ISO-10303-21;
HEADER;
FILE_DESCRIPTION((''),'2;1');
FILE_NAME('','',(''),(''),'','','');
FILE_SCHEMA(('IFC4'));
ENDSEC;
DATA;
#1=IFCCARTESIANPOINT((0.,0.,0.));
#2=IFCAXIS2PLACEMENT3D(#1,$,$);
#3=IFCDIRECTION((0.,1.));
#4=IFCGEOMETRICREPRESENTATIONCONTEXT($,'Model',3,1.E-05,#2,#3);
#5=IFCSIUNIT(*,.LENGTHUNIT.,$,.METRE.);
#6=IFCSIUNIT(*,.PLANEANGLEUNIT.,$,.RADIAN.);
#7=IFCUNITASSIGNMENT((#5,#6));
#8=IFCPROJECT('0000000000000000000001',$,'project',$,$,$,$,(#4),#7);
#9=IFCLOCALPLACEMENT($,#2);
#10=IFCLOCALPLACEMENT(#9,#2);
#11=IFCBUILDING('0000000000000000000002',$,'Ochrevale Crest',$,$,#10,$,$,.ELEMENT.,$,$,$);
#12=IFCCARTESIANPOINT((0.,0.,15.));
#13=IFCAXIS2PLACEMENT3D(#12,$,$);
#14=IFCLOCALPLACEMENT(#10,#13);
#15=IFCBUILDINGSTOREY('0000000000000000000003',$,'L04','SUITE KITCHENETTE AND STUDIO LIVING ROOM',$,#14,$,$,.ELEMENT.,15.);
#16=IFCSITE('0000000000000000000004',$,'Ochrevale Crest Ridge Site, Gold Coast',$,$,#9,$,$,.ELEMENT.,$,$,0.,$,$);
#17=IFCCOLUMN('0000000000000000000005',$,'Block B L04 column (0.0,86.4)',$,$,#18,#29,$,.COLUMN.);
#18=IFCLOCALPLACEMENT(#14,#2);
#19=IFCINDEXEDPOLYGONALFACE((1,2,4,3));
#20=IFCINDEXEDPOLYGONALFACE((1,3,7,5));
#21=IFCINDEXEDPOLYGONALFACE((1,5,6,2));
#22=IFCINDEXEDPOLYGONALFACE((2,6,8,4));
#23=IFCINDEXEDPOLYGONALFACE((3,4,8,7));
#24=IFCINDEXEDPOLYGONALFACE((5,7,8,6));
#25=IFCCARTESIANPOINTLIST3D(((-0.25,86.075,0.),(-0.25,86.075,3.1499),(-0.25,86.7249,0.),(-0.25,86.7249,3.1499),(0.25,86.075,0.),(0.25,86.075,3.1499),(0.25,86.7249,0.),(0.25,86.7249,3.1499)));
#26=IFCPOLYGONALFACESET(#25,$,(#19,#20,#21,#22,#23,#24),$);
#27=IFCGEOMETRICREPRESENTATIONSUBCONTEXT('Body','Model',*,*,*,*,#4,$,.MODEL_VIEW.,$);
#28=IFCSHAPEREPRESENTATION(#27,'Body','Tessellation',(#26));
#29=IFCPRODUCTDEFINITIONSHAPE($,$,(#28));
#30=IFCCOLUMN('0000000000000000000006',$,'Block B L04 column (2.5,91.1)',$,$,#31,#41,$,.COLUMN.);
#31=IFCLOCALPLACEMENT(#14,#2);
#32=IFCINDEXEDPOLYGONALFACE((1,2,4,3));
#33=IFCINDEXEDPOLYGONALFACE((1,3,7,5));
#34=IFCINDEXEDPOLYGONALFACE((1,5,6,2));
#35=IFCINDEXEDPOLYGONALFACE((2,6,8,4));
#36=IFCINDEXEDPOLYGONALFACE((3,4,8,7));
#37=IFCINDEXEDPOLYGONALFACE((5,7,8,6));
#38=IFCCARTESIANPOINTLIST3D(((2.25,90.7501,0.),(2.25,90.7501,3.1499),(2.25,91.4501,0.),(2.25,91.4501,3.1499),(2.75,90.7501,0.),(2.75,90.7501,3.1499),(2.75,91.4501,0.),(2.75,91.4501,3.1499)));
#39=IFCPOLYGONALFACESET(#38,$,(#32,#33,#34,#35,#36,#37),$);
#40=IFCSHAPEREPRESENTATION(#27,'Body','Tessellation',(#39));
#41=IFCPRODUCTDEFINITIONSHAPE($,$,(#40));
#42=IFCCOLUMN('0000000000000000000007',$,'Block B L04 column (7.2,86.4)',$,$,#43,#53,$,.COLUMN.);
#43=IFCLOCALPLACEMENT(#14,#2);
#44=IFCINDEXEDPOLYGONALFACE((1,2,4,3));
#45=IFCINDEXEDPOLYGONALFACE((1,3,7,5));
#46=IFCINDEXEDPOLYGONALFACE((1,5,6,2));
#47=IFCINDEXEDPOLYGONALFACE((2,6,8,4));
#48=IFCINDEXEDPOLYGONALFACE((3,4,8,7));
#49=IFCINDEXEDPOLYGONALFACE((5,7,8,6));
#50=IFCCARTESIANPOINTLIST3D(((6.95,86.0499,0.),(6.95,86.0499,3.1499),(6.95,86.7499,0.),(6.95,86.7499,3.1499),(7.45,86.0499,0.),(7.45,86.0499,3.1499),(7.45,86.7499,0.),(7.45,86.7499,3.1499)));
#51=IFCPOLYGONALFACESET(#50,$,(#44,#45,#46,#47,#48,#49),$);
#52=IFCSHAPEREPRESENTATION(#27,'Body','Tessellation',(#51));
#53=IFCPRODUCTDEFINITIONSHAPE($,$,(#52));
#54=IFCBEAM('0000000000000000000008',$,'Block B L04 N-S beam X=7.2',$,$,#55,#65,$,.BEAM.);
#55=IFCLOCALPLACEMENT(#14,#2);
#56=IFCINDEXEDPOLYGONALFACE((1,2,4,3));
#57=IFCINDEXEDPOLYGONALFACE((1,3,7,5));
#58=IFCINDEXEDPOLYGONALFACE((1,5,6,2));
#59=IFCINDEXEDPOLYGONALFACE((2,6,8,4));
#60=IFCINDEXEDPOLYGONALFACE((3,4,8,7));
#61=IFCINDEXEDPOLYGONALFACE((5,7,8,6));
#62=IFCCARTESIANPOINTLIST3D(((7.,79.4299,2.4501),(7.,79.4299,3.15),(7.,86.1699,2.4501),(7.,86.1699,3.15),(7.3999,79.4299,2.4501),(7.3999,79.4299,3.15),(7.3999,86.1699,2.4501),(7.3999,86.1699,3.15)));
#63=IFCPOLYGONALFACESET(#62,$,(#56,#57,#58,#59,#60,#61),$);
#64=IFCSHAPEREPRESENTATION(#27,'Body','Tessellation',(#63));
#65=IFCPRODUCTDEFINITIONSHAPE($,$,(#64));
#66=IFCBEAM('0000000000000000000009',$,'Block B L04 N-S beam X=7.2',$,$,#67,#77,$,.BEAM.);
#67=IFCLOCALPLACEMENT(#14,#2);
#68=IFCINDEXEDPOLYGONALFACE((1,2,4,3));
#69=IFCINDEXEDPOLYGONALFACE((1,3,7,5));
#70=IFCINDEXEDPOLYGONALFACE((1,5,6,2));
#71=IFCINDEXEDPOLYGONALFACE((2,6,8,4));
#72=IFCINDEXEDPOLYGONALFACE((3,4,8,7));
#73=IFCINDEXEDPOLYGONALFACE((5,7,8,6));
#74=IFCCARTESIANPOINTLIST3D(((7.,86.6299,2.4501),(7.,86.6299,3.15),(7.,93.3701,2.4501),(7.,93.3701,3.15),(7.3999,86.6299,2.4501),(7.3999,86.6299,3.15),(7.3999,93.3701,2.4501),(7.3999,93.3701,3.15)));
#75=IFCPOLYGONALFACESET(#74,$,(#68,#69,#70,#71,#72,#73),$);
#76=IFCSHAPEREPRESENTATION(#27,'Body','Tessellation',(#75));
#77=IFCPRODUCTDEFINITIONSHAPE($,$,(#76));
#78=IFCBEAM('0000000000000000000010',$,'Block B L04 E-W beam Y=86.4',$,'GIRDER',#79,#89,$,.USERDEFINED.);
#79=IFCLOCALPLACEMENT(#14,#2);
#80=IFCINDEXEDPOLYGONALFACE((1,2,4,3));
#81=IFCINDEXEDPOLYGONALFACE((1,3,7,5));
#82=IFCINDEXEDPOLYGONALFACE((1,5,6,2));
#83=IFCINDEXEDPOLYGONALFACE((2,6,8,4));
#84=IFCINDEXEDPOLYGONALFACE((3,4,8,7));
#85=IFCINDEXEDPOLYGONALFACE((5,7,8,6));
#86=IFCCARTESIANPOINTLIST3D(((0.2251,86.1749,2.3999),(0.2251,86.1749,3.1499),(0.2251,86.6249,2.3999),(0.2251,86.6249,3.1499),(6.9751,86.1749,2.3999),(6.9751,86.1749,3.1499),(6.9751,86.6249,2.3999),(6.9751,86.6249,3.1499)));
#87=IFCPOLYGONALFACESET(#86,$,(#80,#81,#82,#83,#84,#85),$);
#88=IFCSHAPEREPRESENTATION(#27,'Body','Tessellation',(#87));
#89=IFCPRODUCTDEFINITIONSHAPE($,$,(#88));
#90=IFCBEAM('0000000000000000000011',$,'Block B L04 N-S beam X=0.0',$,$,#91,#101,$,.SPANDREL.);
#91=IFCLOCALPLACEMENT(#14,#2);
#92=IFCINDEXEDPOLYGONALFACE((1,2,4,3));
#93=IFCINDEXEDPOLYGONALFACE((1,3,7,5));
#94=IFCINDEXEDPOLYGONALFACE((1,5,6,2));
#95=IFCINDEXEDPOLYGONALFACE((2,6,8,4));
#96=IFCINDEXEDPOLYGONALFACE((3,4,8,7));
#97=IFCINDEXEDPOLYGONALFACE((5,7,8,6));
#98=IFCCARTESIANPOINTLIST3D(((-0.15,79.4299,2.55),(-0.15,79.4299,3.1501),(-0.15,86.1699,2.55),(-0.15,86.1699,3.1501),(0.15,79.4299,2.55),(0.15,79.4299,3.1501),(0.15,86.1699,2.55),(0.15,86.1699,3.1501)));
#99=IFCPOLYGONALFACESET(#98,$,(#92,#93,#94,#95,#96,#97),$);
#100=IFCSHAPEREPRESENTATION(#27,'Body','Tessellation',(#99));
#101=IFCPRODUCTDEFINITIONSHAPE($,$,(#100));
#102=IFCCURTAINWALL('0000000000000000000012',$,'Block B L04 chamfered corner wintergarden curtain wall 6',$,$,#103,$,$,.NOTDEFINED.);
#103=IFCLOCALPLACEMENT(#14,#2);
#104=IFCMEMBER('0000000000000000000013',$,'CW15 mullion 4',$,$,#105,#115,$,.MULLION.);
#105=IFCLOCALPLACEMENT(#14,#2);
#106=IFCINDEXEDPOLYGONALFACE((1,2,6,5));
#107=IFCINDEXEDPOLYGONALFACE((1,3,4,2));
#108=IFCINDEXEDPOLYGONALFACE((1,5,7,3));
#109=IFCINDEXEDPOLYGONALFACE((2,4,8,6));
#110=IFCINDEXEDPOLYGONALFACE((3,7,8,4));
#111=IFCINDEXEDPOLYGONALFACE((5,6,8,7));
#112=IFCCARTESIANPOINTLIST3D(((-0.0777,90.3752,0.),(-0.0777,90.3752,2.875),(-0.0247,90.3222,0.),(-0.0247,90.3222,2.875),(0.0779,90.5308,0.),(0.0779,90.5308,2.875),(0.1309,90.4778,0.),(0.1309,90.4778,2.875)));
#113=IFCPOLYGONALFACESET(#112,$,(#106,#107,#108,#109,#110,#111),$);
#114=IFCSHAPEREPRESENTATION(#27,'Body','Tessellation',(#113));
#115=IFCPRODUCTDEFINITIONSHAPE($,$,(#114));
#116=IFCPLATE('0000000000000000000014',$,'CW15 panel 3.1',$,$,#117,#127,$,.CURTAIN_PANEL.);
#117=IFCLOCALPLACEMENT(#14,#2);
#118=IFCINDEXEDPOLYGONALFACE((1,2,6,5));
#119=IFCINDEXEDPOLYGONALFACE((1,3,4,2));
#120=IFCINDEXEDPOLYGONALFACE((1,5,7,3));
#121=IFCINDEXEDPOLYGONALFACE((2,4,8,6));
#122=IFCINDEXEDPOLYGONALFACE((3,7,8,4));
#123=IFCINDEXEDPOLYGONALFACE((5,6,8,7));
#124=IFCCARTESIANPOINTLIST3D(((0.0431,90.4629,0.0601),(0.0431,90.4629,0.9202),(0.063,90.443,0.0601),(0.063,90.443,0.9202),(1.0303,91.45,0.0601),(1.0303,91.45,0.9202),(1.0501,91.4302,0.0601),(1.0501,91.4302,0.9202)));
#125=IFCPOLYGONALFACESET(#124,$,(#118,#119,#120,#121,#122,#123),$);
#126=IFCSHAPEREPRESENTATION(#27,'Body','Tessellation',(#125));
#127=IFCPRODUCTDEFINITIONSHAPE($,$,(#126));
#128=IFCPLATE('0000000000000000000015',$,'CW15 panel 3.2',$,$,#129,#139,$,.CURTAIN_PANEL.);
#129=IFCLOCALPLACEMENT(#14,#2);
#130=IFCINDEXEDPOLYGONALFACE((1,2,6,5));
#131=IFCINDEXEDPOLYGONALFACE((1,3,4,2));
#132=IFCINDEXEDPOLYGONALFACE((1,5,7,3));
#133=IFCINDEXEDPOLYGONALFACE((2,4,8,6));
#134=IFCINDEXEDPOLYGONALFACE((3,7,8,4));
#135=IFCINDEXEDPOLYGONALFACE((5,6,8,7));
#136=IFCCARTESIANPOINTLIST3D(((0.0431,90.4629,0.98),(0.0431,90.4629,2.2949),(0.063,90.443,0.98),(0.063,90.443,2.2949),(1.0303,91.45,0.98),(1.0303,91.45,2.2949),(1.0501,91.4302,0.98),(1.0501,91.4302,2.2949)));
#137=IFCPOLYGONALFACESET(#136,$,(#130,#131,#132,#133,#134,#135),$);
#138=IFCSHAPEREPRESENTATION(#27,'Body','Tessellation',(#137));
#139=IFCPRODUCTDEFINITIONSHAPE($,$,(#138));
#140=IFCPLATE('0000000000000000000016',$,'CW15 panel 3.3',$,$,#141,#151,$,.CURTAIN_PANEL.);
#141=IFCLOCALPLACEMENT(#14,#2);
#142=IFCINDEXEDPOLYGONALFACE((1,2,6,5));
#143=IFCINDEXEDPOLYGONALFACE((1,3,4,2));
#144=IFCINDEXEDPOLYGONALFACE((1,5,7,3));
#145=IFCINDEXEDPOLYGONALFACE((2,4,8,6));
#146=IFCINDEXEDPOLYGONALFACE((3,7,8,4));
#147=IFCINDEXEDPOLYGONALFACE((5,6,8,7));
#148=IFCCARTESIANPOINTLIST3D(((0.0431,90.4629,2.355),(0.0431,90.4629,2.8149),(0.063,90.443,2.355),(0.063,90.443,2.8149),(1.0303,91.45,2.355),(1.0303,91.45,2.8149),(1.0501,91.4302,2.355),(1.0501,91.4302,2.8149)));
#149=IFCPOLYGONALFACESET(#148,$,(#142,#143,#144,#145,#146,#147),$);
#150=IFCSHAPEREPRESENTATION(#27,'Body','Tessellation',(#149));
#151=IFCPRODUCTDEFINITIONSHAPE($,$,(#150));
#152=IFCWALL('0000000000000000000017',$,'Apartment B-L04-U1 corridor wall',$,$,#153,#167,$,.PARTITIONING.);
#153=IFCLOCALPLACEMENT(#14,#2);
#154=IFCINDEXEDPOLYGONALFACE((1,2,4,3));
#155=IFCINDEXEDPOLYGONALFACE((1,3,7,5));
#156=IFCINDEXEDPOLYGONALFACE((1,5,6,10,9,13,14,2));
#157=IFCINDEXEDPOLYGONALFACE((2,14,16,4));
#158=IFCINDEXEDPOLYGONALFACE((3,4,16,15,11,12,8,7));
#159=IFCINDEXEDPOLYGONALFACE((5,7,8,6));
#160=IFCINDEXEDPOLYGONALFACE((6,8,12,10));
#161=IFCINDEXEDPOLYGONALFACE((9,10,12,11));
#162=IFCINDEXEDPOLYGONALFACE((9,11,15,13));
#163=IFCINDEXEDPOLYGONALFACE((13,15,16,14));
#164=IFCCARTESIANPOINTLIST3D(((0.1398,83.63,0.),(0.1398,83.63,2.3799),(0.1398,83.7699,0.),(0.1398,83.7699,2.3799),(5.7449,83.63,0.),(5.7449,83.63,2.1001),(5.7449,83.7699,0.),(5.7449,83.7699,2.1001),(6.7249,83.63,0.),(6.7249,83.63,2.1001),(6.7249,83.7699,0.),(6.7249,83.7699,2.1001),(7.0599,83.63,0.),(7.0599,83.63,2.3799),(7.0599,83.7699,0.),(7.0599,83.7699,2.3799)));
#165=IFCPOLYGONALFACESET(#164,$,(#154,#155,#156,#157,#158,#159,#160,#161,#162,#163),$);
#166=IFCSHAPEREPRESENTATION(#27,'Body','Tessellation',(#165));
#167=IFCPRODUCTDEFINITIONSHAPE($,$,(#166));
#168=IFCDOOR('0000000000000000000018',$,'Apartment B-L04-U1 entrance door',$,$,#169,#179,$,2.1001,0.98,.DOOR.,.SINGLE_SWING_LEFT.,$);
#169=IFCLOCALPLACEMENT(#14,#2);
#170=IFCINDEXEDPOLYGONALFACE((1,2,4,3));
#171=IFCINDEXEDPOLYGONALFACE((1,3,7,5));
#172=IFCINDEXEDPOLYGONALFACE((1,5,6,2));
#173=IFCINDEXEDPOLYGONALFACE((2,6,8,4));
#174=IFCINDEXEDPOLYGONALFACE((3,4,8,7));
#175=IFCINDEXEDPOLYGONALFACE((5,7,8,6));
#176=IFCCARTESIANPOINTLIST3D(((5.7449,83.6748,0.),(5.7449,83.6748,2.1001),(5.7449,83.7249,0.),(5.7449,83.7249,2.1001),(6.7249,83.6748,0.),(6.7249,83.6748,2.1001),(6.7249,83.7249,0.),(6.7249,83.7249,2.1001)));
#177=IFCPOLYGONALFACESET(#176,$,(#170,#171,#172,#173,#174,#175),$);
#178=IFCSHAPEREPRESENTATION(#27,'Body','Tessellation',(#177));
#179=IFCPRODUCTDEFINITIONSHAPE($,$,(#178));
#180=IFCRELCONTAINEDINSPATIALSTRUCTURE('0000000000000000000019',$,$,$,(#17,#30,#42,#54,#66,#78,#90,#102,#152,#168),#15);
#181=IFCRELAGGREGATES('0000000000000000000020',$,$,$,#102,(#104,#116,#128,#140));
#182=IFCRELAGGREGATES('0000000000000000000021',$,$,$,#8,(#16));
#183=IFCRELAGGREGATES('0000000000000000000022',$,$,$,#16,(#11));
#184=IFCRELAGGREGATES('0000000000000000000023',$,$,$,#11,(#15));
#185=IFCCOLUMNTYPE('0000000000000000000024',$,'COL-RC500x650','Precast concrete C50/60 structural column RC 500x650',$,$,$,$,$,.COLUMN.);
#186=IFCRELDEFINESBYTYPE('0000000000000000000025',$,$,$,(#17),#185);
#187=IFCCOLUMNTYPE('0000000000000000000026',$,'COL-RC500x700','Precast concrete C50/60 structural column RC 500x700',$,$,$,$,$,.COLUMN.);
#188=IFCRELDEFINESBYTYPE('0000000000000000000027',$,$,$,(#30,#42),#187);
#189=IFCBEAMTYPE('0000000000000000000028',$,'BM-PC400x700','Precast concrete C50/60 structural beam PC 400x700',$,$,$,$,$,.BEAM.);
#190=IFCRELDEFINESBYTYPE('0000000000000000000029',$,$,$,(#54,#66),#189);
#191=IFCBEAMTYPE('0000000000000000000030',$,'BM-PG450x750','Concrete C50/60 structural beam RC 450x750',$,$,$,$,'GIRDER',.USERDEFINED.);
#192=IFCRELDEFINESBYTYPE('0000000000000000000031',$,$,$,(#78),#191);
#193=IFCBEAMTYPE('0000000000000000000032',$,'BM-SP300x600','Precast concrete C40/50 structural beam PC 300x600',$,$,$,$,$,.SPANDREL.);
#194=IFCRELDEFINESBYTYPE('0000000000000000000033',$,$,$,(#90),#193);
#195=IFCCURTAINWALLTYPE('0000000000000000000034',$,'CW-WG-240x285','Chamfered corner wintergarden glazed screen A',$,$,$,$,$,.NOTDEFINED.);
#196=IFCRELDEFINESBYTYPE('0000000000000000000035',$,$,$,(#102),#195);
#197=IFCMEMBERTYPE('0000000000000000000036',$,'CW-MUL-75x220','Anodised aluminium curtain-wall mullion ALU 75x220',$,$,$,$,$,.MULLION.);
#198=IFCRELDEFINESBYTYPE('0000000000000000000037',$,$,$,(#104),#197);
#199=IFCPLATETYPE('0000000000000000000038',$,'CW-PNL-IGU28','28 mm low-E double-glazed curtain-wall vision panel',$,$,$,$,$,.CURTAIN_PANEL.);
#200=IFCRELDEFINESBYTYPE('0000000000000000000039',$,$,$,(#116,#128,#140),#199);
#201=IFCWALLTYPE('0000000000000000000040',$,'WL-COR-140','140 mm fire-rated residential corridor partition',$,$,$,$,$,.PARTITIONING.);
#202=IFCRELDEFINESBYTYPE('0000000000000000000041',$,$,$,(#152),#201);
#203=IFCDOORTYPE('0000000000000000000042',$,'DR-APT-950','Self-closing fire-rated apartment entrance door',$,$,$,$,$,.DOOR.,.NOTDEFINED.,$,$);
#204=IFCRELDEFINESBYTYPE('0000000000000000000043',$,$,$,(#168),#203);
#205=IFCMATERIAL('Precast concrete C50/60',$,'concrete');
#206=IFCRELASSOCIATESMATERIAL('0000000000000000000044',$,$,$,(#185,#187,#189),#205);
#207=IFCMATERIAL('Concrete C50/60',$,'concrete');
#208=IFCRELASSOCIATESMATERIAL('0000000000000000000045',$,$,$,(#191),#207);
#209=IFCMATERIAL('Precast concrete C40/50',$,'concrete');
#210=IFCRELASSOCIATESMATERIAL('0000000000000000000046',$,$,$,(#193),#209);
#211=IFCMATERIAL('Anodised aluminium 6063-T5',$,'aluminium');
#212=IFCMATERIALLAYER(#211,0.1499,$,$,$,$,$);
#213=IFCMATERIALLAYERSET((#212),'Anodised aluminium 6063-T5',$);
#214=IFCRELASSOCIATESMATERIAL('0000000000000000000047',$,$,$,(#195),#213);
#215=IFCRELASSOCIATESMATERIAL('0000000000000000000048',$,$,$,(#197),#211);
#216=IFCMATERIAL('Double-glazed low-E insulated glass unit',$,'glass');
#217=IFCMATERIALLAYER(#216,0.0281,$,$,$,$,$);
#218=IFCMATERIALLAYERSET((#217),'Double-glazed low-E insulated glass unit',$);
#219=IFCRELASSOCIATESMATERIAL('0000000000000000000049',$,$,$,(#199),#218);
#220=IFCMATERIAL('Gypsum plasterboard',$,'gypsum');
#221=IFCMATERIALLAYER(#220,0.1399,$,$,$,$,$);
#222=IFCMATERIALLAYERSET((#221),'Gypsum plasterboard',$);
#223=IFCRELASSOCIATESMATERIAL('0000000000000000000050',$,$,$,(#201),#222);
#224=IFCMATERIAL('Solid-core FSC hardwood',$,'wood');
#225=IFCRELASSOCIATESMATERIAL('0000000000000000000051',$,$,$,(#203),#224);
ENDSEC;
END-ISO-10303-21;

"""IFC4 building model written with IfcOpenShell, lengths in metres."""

from ifc_helpers import new_model, si_unit, direction, frame, frame_2d, origin, origin_2d, place, context, subcontext, project, spatial, rectangle, extrude, material, layer, layer_set, material_profile, profile_set, type_object, element, fill, aggregate, save


model = new_model("IFC4")

# Units and contexts
model_context = context("Model", 3, precision=1e-05, world=origin(), true_north=direction((0.0, 1.0)))
body_context = subcontext(model_context, "Body", "Model", "MODEL_VIEW")
ifc_project = project(units=[si_unit("LENGTHUNIT", "METRE"), si_unit("PLANEANGLEUNIT", "RADIAN")], contexts=[model_context])

# Site, building, storey
site_placement = place(None, origin())
site = spatial("IfcSite", under=ifc_project, at=site_placement, Name="Ochrevale Crest Ridge Site, Gold Coast", CompositionType="ELEMENT", RefElevation=0.0)
building_placement = place(site_placement, origin())
building = spatial("IfcBuilding", under=site, at=building_placement, Name="Ochrevale Crest", CompositionType="ELEMENT")
storey_placement = place(building_placement, frame((0.0, 0.0, 15.0)))
storey = spatial("IfcBuildingStorey", under=building, at=storey_placement, Name="L04", Description="SUITE KITCHENETTE AND STUDIO LIVING ROOM", CompositionType="ELEMENT", Elevation=15.0)

# Columns
ifc_material_1 = material(Name="Precast concrete C50/60", Category="concrete")
ifc_material_profile_1 = material_profile(ifc_material_1, rectangle(XDim=0.5, YDim=0.6499, at=origin_2d()), Name="RC 500x650")
ifc_profile_set_1 = profile_set([ifc_material_profile_1], Name="Precast concrete C50/60")
column_type_1 = type_object("IfcColumnType", Name="COL-RC500x650", Description="Precast concrete C50/60 structural column RC 500x650", PredefinedType="COLUMN", material=ifc_profile_set_1)
column_placement = place(storey_placement, frame((0.0, 86.3999, 0.0), z_axis=(0.0, 0.0, 1.0), x_axis=(1.0, 0.0, 0.0)))
element("IfcColumn", 1, at=column_placement, inside=storey, type_object=column_type_1, Name="Block B L04 column (0.0,86.4)", PredefinedType="COLUMN", context=body_context, shape_type="SweptSolid", body=[
    extrude(rectangle(XDim=0.5, YDim=0.6499, at=origin_2d()), origin(), (0.0, 0.0, 1.0), 3.1499),
])
ifc_material_profile_2 = material_profile(ifc_material_1, rectangle(XDim=0.5, YDim=0.7, at=origin_2d()), Name="RC 500x700")
ifc_profile_set_2 = profile_set([ifc_material_profile_2], Name="Precast concrete C50/60")
column_type_2 = type_object("IfcColumnType", Name="COL-RC500x700", Description="Precast concrete C50/60 structural column RC 500x700", PredefinedType="COLUMN", material=ifc_profile_set_2)
for number, where, z_axis, x_axis, name in (
    (2, (2.5, 91.1001, 0.0), (0.0, 0.0, 1.0), (1.0, 0.0, 0.0), "Block B L04 column (2.5,91.1)"),
    (3, (7.2, 86.3999, 0.0), (0.0, 0.0, 1.0), (1.0, 0.0, 0.0), "Block B L04 column (7.2,86.4)"),
):
    element("IfcColumn", number, at=place(storey_placement, frame(where, z_axis=z_axis, x_axis=x_axis)), inside=storey, type_object=column_type_2, Name=name, PredefinedType="COLUMN", context=body_context, shape_type="SweptSolid", body=[
        extrude(rectangle(XDim=0.5, YDim=0.7, at=origin_2d()), origin(), (0.0, 0.0, 1.0), 3.1499),
    ])

# Beams
ifc_material_profile_3 = material_profile(ifc_material_1, rectangle(XDim=0.3999, YDim=0.7, at=origin_2d()), Name="PC 400x700")
ifc_profile_set_3 = profile_set([ifc_material_profile_3], Name="Precast concrete C50/60")
beam_type_1 = type_object("IfcBeamType", Name="BM-PC400x700", Description="Precast concrete C50/60 structural beam PC 400x700", PredefinedType="BEAM", material=ifc_profile_set_3)
beam_1_placement = place(storey_placement, frame((7.2, 79.4299, 2.8), z_axis=(0.0, 1.0, 0.0), x_axis=(-1.0, 0.0, 0.0)))
element("IfcBeam", 4, at=beam_1_placement, inside=storey, type_object=beam_type_1, Name="Block B L04 N-S beam X=7.2", PredefinedType="BEAM", context=body_context, shape_type="SweptSolid", body=[
    extrude(rectangle(XDim=0.3999, YDim=0.7, at=origin_2d()), origin(), (0.0, 0.0, 1.0), 6.74),
])
beam_2_placement = place(storey_placement, frame((7.2, 86.6299, 2.8), z_axis=(0.0, 1.0, 0.0), x_axis=(-1.0, 0.0, 0.0)))
element("IfcBeam", 5, at=beam_2_placement, inside=storey, type_object=beam_type_1, Name="Block B L04 N-S beam X=7.2", PredefinedType="BEAM", context=body_context, shape_type="SweptSolid", body=[
    extrude(rectangle(XDim=0.3999, YDim=0.7, at=origin_2d()), origin(), (0.0, 0.0, 1.0), 6.7402),
])
ifc_material_2 = material(Name="Concrete C50/60", Category="concrete")
ifc_material_profile_4 = material_profile(ifc_material_2, rectangle(XDim=0.45, YDim=0.75, at=origin_2d()), Name="RC 450x750")
ifc_profile_set_4 = profile_set([ifc_material_profile_4], Name="Concrete C50/60")
beam_type_2 = type_object("IfcBeamType", Name="BM-PG450x750", Description="Concrete C50/60 structural beam RC 450x750", ElementType="GIRDER", PredefinedType="USERDEFINED", material=ifc_profile_set_4)
beam_3_placement = place(storey_placement, frame((0.2251, 86.3999, 2.7749), z_axis=(1.0, 0.0, 0.0), x_axis=(0.0, 1.0, 0.0)))
element("IfcBeam", 6, at=beam_3_placement, inside=storey, type_object=beam_type_2, Name="Block B L04 E-W beam Y=86.4", ObjectType="GIRDER", PredefinedType="USERDEFINED", context=body_context, shape_type="SweptSolid", body=[
    extrude(rectangle(XDim=0.45, YDim=0.75, at=origin_2d()), origin(), (0.0, 0.0, 1.0), 6.75),
])
ifc_material_3 = material(Name="Precast concrete C40/50", Category="concrete")
ifc_material_profile_5 = material_profile(ifc_material_3, rectangle(XDim=0.3, YDim=0.6001, at=origin_2d()), Name="PC 300x600")
ifc_profile_set_5 = profile_set([ifc_material_profile_5], Name="Precast concrete C40/50")
beam_type_3 = type_object("IfcBeamType", Name="BM-SP300x600", Description="Precast concrete C40/50 structural beam PC 300x600", PredefinedType="SPANDREL", material=ifc_profile_set_5)
beam_4_placement = place(storey_placement, frame((0.0, 79.4299, 2.8501), z_axis=(0.0, 1.0, 0.0), x_axis=(-1.0, 0.0, 0.0)))
element("IfcBeam", 7, at=beam_4_placement, inside=storey, type_object=beam_type_3, Name="Block B L04 N-S beam X=0.0", PredefinedType="SPANDREL", context=body_context, shape_type="SweptSolid", body=[
    extrude(rectangle(XDim=0.3, YDim=0.6001, at=origin_2d()), origin(), (0.0, 0.0, 1.0), 6.74),
])

# Curtain wall, member, plates
ifc_material_4 = material(Name="Anodised aluminium 6063-T5", Category="aluminium")
ifc_layer_1 = layer(ifc_material_4, 0.1499)
ifc_layer_set_1 = layer_set([ifc_layer_1], Name="Anodised aluminium 6063-T5")
curtain_wall_type = type_object("IfcCurtainWallType", Name="CW-WG-240x285", Description="Chamfered corner wintergarden glazed screen A", PredefinedType="NOTDEFINED", material=ifc_layer_set_1)
curtain_wall_placement = place(storey_placement, origin())
curtain_wall = element("IfcCurtainWall", 8, at=curtain_wall_placement, inside=storey, type_object=curtain_wall_type, Name="Block B L04 chamfered corner wintergarden curtain wall 6", PredefinedType="NOTDEFINED")
ifc_material_profile_6 = material_profile(ifc_material_4, rectangle(XDim=0.075, YDim=0.22, at=origin_2d()), Name="ALU 75x220")
ifc_profile_set_6 = profile_set([ifc_material_profile_6], Name="Anodised aluminium 6063-T5")
member_type = type_object("IfcMemberType", Name="CW-MUL-75x220", Description="Anodised aluminium curtain-wall mullion ALU 75x220", PredefinedType="MULLION", material=ifc_profile_set_6)
member_placement = place(storey_placement, frame((0.0266, 90.4265, 0.0), z_axis=(0.0, 0.0, 1.0), x_axis=(0.707107, -0.707107, 0.0)))
member = element("IfcMember", 9, at=member_placement, type_object=member_type, Name="CW15 mullion 4", PredefinedType="MULLION", context=body_context, shape_type="SweptSolid", body=[
    extrude(rectangle(XDim=0.075, YDim=0.22, at=origin_2d()), origin(), (0.0, 0.0, 1.0), 2.875),
])
ifc_material_5 = material(Name="Double-glazed low-E insulated glass unit", Category="glass")
ifc_layer_2 = layer(ifc_material_5, 0.0281)
ifc_layer_set_2 = layer_set([ifc_layer_2], Name="Double-glazed low-E insulated glass unit")
plate_type = type_object("IfcPlateType", Name="CW-PNL-IGU28", Description="28 mm low-E double-glazed curtain-wall vision panel", PredefinedType="CURTAIN_PANEL", material=ifc_layer_set_2)
plate_1_placement = place(storey_placement, frame((0.5466, 90.9465, 0.0601), z_axis=(0.0, 0.0, 1.0), x_axis=(-0.707107, -0.707107, 0.0)))
plate_1 = element("IfcPlate", 10, at=plate_1_placement, type_object=plate_type, Name="CW15 panel 3.1", PredefinedType="CURTAIN_PANEL", context=body_context, shape_type="SweptSolid", body=[
    extrude(rectangle(XDim=1.396, YDim=0.0281, at=origin_2d()), origin(), (0.0, 0.0, 1.0), 0.8601),
])
plate_2_placement = place(storey_placement, frame((0.5466, 90.9465, 0.98), z_axis=(0.0, 0.0, 1.0), x_axis=(-0.707107, -0.707107, 0.0)))
plate_2 = element("IfcPlate", 11, at=plate_2_placement, type_object=plate_type, Name="CW15 panel 3.2", PredefinedType="CURTAIN_PANEL", context=body_context, shape_type="SweptSolid", body=[
    extrude(rectangle(XDim=1.396, YDim=0.0281, at=origin_2d()), origin(), (0.0, 0.0, 1.0), 1.3149),
])
plate_3_placement = place(storey_placement, frame((0.5466, 90.9465, 2.355), z_axis=(0.0, 0.0, 1.0), x_axis=(-0.707107, -0.707107, 0.0)))
plate_3 = element("IfcPlate", 12, at=plate_3_placement, type_object=plate_type, Name="CW15 panel 3.3", PredefinedType="CURTAIN_PANEL", context=body_context, shape_type="SweptSolid", body=[
    extrude(rectangle(XDim=1.396, YDim=0.0281, at=origin_2d()), origin(), (0.0, 0.0, 1.0), 0.46),
])
aggregate(curtain_wall, [member, plate_1, plate_2, plate_3])

# Wall, opening, door
ifc_material_6 = material(Name="Gypsum plasterboard", Category="gypsum")
ifc_layer_3 = layer(ifc_material_6, 0.1399)
ifc_layer_set_3 = layer_set([ifc_layer_3], Name="Gypsum plasterboard")
wall_type_1 = type_object("IfcWallType", Name="WL-COR-140", Description="140 mm fire-rated residential corridor partition", PredefinedType="PARTITIONING", material=ifc_layer_set_3)
wall_1_placement = place(storey_placement, frame((0.1399, 83.7, 0.0), z_axis=(0.0, 0.0, 1.0), x_axis=(1.0, 0.0, 0.0)))
wall_1 = element("IfcWall", 13, at=wall_1_placement, inside=storey, type_object=wall_type_1, Name="Apartment B-L04-U1 corridor wall", PredefinedType="PARTITIONING", context=body_context, shape_type="SweptSolid", body=[
    extrude(rectangle(XDim=6.9202, YDim=0.1399, at=frame_2d((3.46, 0.0))), origin(), (0.0, 0.0, 1.0), 2.3799),
])
opening_1_placement = place(wall_1_placement, frame((5.605, 0.0, 0.0)))
opening_1 = element("IfcOpeningElement", 14, at=opening_1_placement, cuts=wall_1, PredefinedType="OPENING", context=body_context, shape_type="SweptSolid", body=[
    extrude(rectangle(XDim=0.98, YDim=2.1001, at=frame_2d((0.49, 1.05))), frame((0.0, 0.0801, 0.0), z_axis=(0.0, -1.0, 0.0), x_axis=(1.0, 0.0, 0.0)), (0.0, 0.0, 1.0), 0.1599),
])
ifc_material_7 = material(Name="Solid-core FSC hardwood", Category="wood")
door_type_1 = type_object("IfcDoorType", Name="DR-APT-950", Description="Self-closing fire-rated apartment entrance door", OperationType="NOTDEFINED", PredefinedType="DOOR", material=ifc_material_7)
door_1_placement = place(opening_1_placement, origin())
door_1 = element("IfcDoor", 15, at=door_1_placement, inside=storey, type_object=door_type_1, Name="Apartment B-L04-U1 entrance door", OperationType="SINGLE_SWING_LEFT", OverallHeight=2.1001, OverallWidth=0.98, PredefinedType="DOOR", context=body_context, shape_type="SweptSolid", body=[
    extrude(rectangle(XDim=0.98, YDim=2.1001, at=frame_2d((0.49, 1.05))), frame((0.0, 0.0249, 0.0), z_axis=(0.0, -1.0, 0.0), x_axis=(1.0, 0.0, 0.0)), (0.0, 0.0, 1.0), 0.05),
])
fill(opening_1, door_1)

save(model, "model.ifc")
